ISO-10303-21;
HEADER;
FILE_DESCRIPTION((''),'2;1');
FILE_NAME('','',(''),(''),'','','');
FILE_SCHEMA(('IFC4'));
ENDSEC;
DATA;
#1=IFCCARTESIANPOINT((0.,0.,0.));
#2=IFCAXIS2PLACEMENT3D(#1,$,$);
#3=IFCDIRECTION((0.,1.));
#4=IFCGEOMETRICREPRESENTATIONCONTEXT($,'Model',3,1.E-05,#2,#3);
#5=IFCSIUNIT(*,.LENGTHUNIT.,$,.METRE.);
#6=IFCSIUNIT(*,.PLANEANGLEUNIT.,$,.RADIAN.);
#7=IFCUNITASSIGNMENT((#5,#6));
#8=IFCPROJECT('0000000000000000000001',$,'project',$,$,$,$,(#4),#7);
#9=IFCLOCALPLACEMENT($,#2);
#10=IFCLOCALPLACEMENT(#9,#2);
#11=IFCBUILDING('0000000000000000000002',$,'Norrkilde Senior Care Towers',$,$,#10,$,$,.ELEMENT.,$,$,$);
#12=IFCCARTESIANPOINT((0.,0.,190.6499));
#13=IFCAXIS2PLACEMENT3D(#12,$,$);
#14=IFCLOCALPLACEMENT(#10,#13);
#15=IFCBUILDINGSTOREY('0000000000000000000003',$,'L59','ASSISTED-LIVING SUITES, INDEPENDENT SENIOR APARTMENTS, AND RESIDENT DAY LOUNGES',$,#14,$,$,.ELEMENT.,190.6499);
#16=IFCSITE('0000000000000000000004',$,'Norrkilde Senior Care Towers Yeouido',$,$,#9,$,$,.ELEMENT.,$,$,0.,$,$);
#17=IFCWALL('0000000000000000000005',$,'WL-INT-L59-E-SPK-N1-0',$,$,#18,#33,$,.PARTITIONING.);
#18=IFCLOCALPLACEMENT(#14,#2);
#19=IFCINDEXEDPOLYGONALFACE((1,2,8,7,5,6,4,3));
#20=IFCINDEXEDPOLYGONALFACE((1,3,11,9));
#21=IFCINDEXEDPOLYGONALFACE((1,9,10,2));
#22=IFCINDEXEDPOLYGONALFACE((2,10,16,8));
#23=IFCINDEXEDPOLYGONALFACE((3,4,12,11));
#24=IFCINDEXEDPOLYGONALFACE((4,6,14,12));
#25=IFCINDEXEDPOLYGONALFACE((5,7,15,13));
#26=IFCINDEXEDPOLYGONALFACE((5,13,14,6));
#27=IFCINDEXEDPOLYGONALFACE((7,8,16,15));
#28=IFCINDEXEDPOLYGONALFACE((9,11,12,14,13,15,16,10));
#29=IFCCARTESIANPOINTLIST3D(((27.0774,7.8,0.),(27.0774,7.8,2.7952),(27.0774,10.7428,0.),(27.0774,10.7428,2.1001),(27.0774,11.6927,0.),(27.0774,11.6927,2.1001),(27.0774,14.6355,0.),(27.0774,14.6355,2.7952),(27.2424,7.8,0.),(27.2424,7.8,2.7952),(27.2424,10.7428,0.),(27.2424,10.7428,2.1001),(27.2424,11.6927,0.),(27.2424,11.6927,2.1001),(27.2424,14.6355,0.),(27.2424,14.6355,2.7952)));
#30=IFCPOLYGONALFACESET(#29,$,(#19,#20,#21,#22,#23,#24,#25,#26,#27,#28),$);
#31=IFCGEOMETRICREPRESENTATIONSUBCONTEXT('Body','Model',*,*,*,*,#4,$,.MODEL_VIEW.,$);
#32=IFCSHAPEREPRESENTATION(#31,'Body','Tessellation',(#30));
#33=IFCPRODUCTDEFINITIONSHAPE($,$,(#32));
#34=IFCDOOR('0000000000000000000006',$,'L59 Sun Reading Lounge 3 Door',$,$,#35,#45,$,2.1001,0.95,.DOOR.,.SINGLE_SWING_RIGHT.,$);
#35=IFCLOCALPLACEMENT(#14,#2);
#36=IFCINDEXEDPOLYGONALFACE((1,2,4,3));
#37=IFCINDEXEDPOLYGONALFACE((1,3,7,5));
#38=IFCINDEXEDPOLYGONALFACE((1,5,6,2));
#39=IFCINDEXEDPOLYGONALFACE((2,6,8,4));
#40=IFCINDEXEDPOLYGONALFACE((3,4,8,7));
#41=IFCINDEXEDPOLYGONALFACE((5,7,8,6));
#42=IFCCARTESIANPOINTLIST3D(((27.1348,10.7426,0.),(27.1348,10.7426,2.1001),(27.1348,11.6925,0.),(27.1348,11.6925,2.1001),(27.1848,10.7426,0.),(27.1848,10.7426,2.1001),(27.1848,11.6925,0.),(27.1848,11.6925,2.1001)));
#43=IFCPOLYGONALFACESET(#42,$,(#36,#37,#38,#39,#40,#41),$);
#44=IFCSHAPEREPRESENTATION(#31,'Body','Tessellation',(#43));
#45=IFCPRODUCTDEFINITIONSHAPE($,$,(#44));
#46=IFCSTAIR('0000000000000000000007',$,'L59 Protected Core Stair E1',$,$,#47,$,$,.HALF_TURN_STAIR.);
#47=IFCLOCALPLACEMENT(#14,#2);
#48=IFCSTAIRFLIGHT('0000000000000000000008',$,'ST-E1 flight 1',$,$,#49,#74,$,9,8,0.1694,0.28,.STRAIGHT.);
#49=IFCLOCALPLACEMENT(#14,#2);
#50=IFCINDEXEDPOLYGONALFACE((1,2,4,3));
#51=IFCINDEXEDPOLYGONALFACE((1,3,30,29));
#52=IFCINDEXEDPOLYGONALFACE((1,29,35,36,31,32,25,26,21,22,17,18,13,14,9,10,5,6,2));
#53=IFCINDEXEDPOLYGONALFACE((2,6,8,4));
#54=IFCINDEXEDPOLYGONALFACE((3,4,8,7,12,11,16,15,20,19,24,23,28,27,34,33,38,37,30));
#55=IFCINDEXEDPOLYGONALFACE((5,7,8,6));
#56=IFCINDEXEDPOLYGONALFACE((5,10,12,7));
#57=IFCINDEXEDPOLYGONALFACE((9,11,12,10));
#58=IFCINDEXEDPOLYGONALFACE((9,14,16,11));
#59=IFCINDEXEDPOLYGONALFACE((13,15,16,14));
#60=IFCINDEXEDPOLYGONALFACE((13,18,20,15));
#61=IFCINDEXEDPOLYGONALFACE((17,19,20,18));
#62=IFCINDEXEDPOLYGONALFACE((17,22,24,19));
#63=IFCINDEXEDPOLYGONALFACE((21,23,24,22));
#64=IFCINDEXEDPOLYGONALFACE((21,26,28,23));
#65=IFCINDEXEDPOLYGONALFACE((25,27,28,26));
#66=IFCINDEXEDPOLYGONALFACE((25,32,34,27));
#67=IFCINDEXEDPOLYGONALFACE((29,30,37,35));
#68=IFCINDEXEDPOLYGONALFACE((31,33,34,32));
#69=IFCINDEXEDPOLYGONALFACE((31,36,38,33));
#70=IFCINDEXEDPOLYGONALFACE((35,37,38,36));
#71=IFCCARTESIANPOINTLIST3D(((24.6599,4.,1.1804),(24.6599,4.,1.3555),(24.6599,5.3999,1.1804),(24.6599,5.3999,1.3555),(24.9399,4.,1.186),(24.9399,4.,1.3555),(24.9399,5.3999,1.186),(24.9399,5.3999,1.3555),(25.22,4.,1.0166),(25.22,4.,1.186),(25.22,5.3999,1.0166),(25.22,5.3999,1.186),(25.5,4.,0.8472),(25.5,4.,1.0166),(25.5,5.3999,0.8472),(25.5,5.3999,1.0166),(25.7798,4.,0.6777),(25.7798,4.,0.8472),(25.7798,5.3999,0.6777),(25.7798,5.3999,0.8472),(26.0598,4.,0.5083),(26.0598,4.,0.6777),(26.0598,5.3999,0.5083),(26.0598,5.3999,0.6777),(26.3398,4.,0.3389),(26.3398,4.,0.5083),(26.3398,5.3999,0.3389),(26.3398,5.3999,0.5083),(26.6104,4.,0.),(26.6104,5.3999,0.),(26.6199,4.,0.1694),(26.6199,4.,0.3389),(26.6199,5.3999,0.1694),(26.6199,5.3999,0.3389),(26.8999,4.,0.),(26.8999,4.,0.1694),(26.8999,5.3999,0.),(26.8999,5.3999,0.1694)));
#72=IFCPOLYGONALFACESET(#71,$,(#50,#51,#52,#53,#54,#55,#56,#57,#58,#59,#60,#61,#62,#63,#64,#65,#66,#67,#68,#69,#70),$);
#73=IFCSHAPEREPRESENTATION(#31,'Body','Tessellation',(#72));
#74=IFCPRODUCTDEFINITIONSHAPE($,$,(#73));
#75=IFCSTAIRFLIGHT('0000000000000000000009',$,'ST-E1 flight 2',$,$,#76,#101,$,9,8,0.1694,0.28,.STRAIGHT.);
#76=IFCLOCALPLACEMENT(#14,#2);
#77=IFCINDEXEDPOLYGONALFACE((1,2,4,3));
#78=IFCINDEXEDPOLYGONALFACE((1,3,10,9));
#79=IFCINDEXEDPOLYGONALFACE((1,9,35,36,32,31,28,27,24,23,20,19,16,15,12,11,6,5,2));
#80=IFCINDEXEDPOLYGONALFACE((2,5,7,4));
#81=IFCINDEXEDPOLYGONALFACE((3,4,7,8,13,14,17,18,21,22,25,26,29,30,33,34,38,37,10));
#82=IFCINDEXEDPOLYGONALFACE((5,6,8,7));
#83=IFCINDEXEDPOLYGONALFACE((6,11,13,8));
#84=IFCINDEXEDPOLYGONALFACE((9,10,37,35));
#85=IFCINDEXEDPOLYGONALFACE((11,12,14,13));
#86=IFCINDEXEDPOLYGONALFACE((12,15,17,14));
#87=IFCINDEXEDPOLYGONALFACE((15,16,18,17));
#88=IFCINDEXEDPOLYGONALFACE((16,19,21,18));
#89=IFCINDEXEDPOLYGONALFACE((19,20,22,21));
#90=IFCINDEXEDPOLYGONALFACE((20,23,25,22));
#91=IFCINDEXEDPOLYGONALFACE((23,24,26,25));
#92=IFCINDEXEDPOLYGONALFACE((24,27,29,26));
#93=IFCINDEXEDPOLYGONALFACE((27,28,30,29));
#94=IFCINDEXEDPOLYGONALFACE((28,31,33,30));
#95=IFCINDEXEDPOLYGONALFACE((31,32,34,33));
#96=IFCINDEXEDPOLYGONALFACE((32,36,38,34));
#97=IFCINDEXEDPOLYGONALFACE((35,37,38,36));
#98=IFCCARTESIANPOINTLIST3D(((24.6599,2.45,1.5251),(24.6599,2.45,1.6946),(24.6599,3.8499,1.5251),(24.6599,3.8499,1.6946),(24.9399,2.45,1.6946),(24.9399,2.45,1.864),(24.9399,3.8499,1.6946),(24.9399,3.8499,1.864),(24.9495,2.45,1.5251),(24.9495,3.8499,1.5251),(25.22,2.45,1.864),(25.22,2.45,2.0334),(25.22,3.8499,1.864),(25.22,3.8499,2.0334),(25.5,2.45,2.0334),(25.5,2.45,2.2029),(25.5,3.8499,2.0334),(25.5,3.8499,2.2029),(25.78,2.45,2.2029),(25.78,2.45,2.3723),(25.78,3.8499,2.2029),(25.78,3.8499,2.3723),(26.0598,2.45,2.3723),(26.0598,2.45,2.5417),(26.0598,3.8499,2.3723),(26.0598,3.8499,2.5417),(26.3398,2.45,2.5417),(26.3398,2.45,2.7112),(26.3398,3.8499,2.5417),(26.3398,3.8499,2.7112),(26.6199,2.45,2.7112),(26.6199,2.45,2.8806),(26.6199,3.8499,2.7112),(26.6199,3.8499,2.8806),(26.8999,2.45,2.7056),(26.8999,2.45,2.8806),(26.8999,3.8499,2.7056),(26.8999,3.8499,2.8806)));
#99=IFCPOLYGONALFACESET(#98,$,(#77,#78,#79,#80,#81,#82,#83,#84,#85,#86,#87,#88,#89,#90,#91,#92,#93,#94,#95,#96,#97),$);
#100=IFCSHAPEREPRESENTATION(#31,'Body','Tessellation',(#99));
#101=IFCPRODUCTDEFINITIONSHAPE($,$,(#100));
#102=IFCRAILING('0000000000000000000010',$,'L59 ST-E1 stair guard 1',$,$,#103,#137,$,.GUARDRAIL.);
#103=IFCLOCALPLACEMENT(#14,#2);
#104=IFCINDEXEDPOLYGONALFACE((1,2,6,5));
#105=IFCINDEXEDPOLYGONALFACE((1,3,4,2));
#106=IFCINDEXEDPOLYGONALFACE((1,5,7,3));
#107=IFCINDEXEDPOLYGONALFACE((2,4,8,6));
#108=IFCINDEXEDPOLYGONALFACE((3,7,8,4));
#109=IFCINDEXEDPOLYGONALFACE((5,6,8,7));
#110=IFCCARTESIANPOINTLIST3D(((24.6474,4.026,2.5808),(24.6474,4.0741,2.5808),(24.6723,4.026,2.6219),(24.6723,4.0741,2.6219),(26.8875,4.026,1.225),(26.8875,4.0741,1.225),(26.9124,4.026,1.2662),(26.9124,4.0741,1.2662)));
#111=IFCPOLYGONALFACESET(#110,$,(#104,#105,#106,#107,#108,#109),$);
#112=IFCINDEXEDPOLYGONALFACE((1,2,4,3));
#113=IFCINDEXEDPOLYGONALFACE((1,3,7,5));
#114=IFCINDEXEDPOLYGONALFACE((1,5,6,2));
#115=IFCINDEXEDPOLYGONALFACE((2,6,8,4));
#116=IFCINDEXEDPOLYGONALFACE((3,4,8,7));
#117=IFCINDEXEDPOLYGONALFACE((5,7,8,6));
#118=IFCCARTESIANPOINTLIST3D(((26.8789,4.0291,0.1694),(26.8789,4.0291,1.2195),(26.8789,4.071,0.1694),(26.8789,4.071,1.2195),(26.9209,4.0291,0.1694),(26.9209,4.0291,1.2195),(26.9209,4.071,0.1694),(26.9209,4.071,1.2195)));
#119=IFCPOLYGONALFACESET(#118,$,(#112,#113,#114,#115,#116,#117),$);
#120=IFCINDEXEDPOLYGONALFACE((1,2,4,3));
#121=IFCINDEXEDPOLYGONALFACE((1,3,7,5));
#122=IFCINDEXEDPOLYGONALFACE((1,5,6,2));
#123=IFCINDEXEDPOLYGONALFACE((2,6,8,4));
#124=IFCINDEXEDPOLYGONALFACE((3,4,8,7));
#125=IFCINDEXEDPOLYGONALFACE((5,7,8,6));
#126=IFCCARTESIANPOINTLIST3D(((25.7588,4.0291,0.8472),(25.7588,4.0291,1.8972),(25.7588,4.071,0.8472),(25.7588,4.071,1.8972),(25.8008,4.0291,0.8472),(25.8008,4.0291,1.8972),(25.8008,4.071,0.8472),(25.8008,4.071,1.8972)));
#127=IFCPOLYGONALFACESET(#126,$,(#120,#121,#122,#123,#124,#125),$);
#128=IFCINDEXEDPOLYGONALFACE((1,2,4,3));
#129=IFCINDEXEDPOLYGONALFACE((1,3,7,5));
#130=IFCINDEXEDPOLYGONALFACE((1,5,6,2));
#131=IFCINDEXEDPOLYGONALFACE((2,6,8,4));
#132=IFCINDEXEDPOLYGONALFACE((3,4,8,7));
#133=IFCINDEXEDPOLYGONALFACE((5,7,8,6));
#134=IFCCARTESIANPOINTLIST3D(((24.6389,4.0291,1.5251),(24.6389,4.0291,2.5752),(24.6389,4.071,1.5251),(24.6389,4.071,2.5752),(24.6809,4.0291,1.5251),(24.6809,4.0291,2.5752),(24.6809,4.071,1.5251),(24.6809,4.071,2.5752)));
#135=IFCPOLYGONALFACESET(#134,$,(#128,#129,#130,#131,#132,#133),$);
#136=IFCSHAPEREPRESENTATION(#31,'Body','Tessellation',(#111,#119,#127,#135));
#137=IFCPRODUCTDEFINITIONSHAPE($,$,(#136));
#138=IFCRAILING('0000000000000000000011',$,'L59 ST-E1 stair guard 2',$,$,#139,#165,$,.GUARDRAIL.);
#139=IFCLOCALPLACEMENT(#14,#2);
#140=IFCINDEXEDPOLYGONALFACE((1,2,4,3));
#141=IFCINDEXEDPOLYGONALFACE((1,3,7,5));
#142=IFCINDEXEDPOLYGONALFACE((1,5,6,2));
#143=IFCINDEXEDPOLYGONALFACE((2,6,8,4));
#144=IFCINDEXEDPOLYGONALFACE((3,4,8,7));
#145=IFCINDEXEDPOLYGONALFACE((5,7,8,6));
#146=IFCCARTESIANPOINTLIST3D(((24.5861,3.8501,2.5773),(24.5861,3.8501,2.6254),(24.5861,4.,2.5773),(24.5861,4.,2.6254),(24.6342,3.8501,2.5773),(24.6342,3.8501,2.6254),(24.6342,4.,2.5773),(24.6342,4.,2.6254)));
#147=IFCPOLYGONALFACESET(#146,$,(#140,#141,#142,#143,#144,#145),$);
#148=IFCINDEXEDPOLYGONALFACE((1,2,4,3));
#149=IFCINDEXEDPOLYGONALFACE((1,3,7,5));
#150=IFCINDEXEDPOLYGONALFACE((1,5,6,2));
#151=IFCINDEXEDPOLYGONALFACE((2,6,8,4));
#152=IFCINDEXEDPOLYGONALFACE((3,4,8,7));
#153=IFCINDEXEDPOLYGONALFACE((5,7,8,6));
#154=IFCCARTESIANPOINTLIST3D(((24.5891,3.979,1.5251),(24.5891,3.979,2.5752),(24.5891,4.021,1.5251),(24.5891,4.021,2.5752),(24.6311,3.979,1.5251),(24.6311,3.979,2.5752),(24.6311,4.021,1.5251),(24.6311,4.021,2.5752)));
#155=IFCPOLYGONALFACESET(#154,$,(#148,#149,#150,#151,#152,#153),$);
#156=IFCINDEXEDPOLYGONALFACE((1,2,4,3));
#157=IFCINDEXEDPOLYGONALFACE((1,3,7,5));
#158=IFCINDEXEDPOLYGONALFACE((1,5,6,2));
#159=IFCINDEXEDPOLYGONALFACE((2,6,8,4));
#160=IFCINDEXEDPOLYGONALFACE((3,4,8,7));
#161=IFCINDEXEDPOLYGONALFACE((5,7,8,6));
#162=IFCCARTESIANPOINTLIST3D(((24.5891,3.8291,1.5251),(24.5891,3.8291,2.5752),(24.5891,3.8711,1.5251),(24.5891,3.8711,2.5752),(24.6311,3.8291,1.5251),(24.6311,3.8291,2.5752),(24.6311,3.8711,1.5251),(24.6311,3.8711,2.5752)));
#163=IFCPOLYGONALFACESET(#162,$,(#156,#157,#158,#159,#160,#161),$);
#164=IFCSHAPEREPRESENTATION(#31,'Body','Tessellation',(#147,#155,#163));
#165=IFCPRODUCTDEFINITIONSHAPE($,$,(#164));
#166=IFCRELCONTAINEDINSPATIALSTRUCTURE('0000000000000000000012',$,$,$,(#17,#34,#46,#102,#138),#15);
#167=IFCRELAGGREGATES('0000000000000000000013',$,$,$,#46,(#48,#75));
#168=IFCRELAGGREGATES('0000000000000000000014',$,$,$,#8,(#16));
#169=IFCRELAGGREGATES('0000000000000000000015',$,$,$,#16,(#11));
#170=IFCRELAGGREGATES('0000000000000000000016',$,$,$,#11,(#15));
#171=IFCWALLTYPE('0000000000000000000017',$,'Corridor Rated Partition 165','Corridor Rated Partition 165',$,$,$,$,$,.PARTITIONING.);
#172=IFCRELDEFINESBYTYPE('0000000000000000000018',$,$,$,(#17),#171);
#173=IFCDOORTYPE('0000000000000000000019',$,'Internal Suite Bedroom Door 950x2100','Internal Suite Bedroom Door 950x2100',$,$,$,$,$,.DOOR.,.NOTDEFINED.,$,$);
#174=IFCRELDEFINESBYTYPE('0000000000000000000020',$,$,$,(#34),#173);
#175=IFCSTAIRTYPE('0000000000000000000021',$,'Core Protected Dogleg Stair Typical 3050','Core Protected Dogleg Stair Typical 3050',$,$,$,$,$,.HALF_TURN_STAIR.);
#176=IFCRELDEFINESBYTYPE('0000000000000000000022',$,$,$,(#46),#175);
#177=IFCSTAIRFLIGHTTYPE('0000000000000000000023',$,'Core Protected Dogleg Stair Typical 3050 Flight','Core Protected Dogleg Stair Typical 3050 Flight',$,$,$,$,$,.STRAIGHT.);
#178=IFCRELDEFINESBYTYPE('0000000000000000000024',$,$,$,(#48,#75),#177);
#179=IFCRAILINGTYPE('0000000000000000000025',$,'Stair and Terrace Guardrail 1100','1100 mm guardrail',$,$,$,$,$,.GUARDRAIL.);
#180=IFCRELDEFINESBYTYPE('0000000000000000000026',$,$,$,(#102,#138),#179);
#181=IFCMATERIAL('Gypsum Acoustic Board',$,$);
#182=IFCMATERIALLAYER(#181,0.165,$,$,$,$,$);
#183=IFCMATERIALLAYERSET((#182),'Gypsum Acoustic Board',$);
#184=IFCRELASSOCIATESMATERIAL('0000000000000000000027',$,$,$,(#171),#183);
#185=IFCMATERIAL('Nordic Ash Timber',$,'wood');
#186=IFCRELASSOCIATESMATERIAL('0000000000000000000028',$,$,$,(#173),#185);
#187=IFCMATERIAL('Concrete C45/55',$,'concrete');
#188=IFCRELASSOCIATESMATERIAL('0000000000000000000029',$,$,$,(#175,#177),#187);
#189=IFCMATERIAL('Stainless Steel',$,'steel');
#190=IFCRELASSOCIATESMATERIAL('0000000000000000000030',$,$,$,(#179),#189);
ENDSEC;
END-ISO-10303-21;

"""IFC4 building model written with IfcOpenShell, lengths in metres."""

from ifc_helpers import new_model, si_unit, direction, frame, frame_2d, origin, origin_2d, place, context, subcontext, project, spatial, polyline, rectangle, outline, extrude, source, transform, mapped, material, layer, layer_set, type_object, type_shapes, element, fill, aggregate, save


model = new_model("IFC4")

# Units and contexts
model_context = context("Model", 3, precision=1e-05, world=origin(), true_north=direction((0.0, 1.0)))
body_context = subcontext(model_context, "Body", "Model", "MODEL_VIEW")
ifc_project = project(units=[si_unit("LENGTHUNIT", "METRE"), si_unit("PLANEANGLEUNIT", "RADIAN")], contexts=[model_context])

# Site, building, storey
site_placement = place(None, origin())
site = spatial("IfcSite", under=ifc_project, at=site_placement, Name="Norrkilde Senior Care Towers Yeouido", CompositionType="ELEMENT", RefElevation=0.0)
building_placement = place(site_placement, origin())
building = spatial("IfcBuilding", under=site, at=building_placement, Name="Norrkilde Senior Care Towers", CompositionType="ELEMENT")
storey_placement = place(building_placement, frame((0.0, 0.0, 190.6499)))
storey = spatial("IfcBuildingStorey", under=building, at=storey_placement, Name="L59", Description="ASSISTED-LIVING SUITES, INDEPENDENT SENIOR APARTMENTS, AND RESIDENT DAY LOUNGES", CompositionType="ELEMENT", Elevation=190.6499)

# Shared definitions
ifc_material_1 = material(Name="Concrete C45/55", Category="concrete")
ifc_material_2 = material(Name="Stainless Steel", Category="steel")

# Wall, opening, door
ifc_material_3 = material(Name="Gypsum Acoustic Board")
ifc_layer_1 = layer(ifc_material_3, 0.165)
ifc_layer_set_1 = layer_set([ifc_layer_1], Name="Gypsum Acoustic Board")
wall_type_1 = type_object("IfcWallType", Name="Corridor Rated Partition 165", Description="Corridor Rated Partition 165", PredefinedType="PARTITIONING", material=ifc_layer_set_1)
shared_shape_1 = source(origin(), body_context, "Body", "SweptSolid", [
    extrude(rectangle(XDim=6.8354, YDim=0.165, at=frame_2d((3.4177, 0.0))), origin(), (0.0, 0.0, 1.0), 2.7952),
])
type_shapes(wall_type_1, [shared_shape_1])
wall_1_placement = place(storey_placement, frame((27.1599, 7.8, 0.0), z_axis=(0.0, 0.0, 1.0), x_axis=(0.0, 1.0, 0.0)))
wall_1 = element("IfcWall", 1, at=wall_1_placement, inside=storey, type_object=wall_type_1, Name="WL-INT-L59-E-SPK-N1-0", PredefinedType="PARTITIONING", context=body_context, shape_type="MappedRepresentation", body=[
    mapped(shared_shape_1, transform((0.0, 0.0, 0.0), x_axis=(1.0, 0.0, 0.0), y_axis=(0.0, 1.0, 0.0), z_axis=(0.0, 0.0, 1.0), scale=1.0)),
])
opening_1_placement = place(wall_1_placement, frame((2.9426, 0.0, 0.0)))
opening_1 = element("IfcOpeningElement", 2, at=opening_1_placement, cuts=wall_1, PredefinedType="OPENING", context=body_context, shape_type="SweptSolid", body=[
    extrude(rectangle(XDim=0.95, YDim=2.1001, at=frame_2d((0.4751, 1.05))), frame((0.0, 0.0925, 0.0), z_axis=(0.0, -1.0, 0.0), x_axis=(1.0, 0.0, 0.0)), (0.0, 0.0, 1.0), 0.1851),
])
ifc_material_4 = material(Name="Nordic Ash Timber", Category="wood")
door_type_1 = type_object("IfcDoorType", Name="Internal Suite Bedroom Door 950x2100", Description="Internal Suite Bedroom Door 950x2100", OperationType="NOTDEFINED", PredefinedType="DOOR", material=ifc_material_4)
shared_shape_2 = source(origin(), body_context, "Body", "SweptSolid", [
    extrude(rectangle(XDim=0.95, YDim=2.1001, at=frame_2d((0.4751, 1.05))), frame((0.0, 0.0249, 0.0), z_axis=(0.0, -1.0, 0.0), x_axis=(1.0, 0.0, 0.0)), (0.0, 0.0, 1.0), 0.05),
])
type_shapes(door_type_1, [shared_shape_2])
door_1_placement = place(opening_1_placement, frame((0.95, 0.0, 0.0), z_axis=(0.0, 0.0, 1.0), x_axis=(-1.0, 0.0, 0.0)))
door_1 = element("IfcDoor", 3, at=door_1_placement, inside=storey, type_object=door_type_1, Name="L59 Sun Reading Lounge 3 Door", OperationType="SINGLE_SWING_RIGHT", OverallHeight=2.1001, OverallWidth=0.95, PredefinedType="DOOR", context=body_context, shape_type="MappedRepresentation", body=[
    mapped(shared_shape_2, transform((0.0, 0.0, 0.0), x_axis=(1.0, 0.0, 0.0), y_axis=(0.0, 1.0, 0.0), z_axis=(0.0, 0.0, 1.0), scale=1.0)),
])
fill(opening_1, door_1)

# Stair, stair flights
stair_type = type_object("IfcStairType", Name="Core Protected Dogleg Stair Typical 3050", Description="Core Protected Dogleg Stair Typical 3050", PredefinedType="HALF_TURN_STAIR", material=ifc_material_1)
stair_placement = place(storey_placement, origin())
stair = element("IfcStair", 4, at=stair_placement, inside=storey, type_object=stair_type, Name="L59 Protected Core Stair E1", PredefinedType="HALF_TURN_STAIR")
stair_flight_type = type_object("IfcStairFlightType", Name="Core Protected Dogleg Stair Typical 3050 Flight", Description="Core Protected Dogleg Stair Typical 3050 Flight", PredefinedType="STRAIGHT", material=ifc_material_1)
stair_flight_1_placement = place(storey_placement, frame((26.8999, 4.7, 0.0), z_axis=(0.0, 0.0, 1.0), x_axis=(-1.0, 0.0, 0.0)))
stair_flight_1 = element("IfcStairFlight", 5, at=stair_flight_1_placement, type_object=stair_flight_type, Name="ST-E1 flight 1", NumberOfRisers=9, NumberOfTreads=8, PredefinedType="STRAIGHT", RiserHeight=0.1694, TreadLength=0.28, context=body_context, shape_type="SweptSolid", body=[
    extrude(outline(polyline([(0.0, 0.0), (0.0, 0.1694), (0.28, 0.1694), (0.28, 0.3389), (0.5601, 0.3389), (0.5601, 0.5083), (0.8401, 0.5083), (0.8401, 0.6777), (1.1201, 0.6777), (1.1201, 0.8472), (1.3999, 0.8472), (1.3999, 1.0166), (1.6799, 1.0166), (1.6799, 1.186), (1.96, 1.186), (1.96, 1.3555), (2.24, 1.3555), (2.24, 1.5249), (2.24, 1.1804), (0.2896, 0.0), (0.0, 0.0)])), frame((0.0, 0.7, 0.0), z_axis=(0.0, -1.0, 0.0), x_axis=(1.0, 0.0, 0.0)), (0.0, 0.0, 1.0), 1.3999),
])
stair_flight_2_placement = place(storey_placement, frame((24.6599, 3.1499, 1.5251), z_axis=(0.0, 0.0, 1.0), x_axis=(1.0, 0.0, 0.0)))
stair_flight_2 = element("IfcStairFlight", 6, at=stair_flight_2_placement, type_object=stair_flight_type, Name="ST-E1 flight 2", NumberOfRisers=9, NumberOfTreads=8, PredefinedType="STRAIGHT", RiserHeight=0.1694, TreadLength=0.28, context=body_context, shape_type="SweptSolid", body=[
    extrude(outline(polyline([(0.0, 0.0), (0.0, 0.1694), (0.28, 0.1694), (0.28, 0.3389), (0.5601, 0.3389), (0.5601, 0.5083), (0.8401, 0.5083), (0.8401, 0.6777), (1.1201, 0.6777), (1.1201, 0.8472), (1.3999, 0.8472), (1.3999, 1.0166), (1.6799, 1.0166), (1.6799, 1.186), (1.96, 1.186), (1.96, 1.3555), (2.24, 1.3555), (2.24, 1.5249), (2.24, 1.1804), (0.2896, 0.0), (0.0, 0.0)])), frame((0.0, 0.7, 0.0), z_axis=(0.0, -1.0, 0.0), x_axis=(1.0, 0.0, 0.0)), (0.0, 0.0, 1.0), 1.3999),
])
aggregate(stair, [stair_flight_1, stair_flight_2])

# Railings
railing_type_1 = type_object("IfcRailingType", Name="Stair and Terrace Guardrail 1100", Description="1100 mm guardrail", PredefinedType="GUARDRAIL", material=ifc_material_2)
railing_1_placement = place(storey_placement, frame((26.8999, 4.05, 0.1694)))
element("IfcRailing", 7, at=railing_1_placement, inside=storey, type_object=railing_type_1, Name="L59 ST-E1 stair guard 1", PredefinedType="GUARDRAIL", context=body_context, shape_type="SweptSolid", body=[
    extrude(rectangle(XDim=0.0481, YDim=0.0481, at=origin_2d()), frame((0.0, 0.0, 1.0762), z_axis=(-0.855512, 0.0, 0.517783), x_axis=(0.0, -1.0, 0.0)), (0.0, 0.0, 1.0), 2.6184),
    extrude(rectangle(XDim=0.042, YDim=0.042, at=origin_2d()), origin(), (0.0, 0.0, 1.0), 1.05),
    extrude(rectangle(XDim=0.042, YDim=0.042, at=origin_2d()), frame((-1.1201, 0.0, 0.6777)), (0.0, 0.0, 1.0), 1.05),
    extrude(rectangle(XDim=0.042, YDim=0.042, at=origin_2d()), frame((-2.24, 0.0, 1.3557)), (0.0, 0.0, 1.0), 1.05),
])
railing_2_placement = place(storey_placement, frame((24.6101, 4.0, 1.5251)))
element("IfcRailing", 8, at=railing_2_placement, inside=storey, type_object=railing_type_1, Name="L59 ST-E1 stair guard 2", PredefinedType="GUARDRAIL", context=body_context, shape_type="SweptSolid", body=[
    extrude(rectangle(XDim=0.0481, YDim=0.0481, at=origin_2d()), frame((0.0, 0.0, 1.0762), z_axis=(0.0, -1.0, 0.0), x_axis=(1.0, 0.0, 0.0)), (0.0, 0.0, 1.0), 0.1499),
    extrude(rectangle(XDim=0.042, YDim=0.042, at=origin_2d()), origin(), (0.0, 0.0, 1.0), 1.05),
    extrude(rectangle(XDim=0.042, YDim=0.042, at=origin_2d()), frame((0.0, -0.1499, 0.0)), (0.0, 0.0, 1.0), 1.05),
])

save(model, "model.ifc")
